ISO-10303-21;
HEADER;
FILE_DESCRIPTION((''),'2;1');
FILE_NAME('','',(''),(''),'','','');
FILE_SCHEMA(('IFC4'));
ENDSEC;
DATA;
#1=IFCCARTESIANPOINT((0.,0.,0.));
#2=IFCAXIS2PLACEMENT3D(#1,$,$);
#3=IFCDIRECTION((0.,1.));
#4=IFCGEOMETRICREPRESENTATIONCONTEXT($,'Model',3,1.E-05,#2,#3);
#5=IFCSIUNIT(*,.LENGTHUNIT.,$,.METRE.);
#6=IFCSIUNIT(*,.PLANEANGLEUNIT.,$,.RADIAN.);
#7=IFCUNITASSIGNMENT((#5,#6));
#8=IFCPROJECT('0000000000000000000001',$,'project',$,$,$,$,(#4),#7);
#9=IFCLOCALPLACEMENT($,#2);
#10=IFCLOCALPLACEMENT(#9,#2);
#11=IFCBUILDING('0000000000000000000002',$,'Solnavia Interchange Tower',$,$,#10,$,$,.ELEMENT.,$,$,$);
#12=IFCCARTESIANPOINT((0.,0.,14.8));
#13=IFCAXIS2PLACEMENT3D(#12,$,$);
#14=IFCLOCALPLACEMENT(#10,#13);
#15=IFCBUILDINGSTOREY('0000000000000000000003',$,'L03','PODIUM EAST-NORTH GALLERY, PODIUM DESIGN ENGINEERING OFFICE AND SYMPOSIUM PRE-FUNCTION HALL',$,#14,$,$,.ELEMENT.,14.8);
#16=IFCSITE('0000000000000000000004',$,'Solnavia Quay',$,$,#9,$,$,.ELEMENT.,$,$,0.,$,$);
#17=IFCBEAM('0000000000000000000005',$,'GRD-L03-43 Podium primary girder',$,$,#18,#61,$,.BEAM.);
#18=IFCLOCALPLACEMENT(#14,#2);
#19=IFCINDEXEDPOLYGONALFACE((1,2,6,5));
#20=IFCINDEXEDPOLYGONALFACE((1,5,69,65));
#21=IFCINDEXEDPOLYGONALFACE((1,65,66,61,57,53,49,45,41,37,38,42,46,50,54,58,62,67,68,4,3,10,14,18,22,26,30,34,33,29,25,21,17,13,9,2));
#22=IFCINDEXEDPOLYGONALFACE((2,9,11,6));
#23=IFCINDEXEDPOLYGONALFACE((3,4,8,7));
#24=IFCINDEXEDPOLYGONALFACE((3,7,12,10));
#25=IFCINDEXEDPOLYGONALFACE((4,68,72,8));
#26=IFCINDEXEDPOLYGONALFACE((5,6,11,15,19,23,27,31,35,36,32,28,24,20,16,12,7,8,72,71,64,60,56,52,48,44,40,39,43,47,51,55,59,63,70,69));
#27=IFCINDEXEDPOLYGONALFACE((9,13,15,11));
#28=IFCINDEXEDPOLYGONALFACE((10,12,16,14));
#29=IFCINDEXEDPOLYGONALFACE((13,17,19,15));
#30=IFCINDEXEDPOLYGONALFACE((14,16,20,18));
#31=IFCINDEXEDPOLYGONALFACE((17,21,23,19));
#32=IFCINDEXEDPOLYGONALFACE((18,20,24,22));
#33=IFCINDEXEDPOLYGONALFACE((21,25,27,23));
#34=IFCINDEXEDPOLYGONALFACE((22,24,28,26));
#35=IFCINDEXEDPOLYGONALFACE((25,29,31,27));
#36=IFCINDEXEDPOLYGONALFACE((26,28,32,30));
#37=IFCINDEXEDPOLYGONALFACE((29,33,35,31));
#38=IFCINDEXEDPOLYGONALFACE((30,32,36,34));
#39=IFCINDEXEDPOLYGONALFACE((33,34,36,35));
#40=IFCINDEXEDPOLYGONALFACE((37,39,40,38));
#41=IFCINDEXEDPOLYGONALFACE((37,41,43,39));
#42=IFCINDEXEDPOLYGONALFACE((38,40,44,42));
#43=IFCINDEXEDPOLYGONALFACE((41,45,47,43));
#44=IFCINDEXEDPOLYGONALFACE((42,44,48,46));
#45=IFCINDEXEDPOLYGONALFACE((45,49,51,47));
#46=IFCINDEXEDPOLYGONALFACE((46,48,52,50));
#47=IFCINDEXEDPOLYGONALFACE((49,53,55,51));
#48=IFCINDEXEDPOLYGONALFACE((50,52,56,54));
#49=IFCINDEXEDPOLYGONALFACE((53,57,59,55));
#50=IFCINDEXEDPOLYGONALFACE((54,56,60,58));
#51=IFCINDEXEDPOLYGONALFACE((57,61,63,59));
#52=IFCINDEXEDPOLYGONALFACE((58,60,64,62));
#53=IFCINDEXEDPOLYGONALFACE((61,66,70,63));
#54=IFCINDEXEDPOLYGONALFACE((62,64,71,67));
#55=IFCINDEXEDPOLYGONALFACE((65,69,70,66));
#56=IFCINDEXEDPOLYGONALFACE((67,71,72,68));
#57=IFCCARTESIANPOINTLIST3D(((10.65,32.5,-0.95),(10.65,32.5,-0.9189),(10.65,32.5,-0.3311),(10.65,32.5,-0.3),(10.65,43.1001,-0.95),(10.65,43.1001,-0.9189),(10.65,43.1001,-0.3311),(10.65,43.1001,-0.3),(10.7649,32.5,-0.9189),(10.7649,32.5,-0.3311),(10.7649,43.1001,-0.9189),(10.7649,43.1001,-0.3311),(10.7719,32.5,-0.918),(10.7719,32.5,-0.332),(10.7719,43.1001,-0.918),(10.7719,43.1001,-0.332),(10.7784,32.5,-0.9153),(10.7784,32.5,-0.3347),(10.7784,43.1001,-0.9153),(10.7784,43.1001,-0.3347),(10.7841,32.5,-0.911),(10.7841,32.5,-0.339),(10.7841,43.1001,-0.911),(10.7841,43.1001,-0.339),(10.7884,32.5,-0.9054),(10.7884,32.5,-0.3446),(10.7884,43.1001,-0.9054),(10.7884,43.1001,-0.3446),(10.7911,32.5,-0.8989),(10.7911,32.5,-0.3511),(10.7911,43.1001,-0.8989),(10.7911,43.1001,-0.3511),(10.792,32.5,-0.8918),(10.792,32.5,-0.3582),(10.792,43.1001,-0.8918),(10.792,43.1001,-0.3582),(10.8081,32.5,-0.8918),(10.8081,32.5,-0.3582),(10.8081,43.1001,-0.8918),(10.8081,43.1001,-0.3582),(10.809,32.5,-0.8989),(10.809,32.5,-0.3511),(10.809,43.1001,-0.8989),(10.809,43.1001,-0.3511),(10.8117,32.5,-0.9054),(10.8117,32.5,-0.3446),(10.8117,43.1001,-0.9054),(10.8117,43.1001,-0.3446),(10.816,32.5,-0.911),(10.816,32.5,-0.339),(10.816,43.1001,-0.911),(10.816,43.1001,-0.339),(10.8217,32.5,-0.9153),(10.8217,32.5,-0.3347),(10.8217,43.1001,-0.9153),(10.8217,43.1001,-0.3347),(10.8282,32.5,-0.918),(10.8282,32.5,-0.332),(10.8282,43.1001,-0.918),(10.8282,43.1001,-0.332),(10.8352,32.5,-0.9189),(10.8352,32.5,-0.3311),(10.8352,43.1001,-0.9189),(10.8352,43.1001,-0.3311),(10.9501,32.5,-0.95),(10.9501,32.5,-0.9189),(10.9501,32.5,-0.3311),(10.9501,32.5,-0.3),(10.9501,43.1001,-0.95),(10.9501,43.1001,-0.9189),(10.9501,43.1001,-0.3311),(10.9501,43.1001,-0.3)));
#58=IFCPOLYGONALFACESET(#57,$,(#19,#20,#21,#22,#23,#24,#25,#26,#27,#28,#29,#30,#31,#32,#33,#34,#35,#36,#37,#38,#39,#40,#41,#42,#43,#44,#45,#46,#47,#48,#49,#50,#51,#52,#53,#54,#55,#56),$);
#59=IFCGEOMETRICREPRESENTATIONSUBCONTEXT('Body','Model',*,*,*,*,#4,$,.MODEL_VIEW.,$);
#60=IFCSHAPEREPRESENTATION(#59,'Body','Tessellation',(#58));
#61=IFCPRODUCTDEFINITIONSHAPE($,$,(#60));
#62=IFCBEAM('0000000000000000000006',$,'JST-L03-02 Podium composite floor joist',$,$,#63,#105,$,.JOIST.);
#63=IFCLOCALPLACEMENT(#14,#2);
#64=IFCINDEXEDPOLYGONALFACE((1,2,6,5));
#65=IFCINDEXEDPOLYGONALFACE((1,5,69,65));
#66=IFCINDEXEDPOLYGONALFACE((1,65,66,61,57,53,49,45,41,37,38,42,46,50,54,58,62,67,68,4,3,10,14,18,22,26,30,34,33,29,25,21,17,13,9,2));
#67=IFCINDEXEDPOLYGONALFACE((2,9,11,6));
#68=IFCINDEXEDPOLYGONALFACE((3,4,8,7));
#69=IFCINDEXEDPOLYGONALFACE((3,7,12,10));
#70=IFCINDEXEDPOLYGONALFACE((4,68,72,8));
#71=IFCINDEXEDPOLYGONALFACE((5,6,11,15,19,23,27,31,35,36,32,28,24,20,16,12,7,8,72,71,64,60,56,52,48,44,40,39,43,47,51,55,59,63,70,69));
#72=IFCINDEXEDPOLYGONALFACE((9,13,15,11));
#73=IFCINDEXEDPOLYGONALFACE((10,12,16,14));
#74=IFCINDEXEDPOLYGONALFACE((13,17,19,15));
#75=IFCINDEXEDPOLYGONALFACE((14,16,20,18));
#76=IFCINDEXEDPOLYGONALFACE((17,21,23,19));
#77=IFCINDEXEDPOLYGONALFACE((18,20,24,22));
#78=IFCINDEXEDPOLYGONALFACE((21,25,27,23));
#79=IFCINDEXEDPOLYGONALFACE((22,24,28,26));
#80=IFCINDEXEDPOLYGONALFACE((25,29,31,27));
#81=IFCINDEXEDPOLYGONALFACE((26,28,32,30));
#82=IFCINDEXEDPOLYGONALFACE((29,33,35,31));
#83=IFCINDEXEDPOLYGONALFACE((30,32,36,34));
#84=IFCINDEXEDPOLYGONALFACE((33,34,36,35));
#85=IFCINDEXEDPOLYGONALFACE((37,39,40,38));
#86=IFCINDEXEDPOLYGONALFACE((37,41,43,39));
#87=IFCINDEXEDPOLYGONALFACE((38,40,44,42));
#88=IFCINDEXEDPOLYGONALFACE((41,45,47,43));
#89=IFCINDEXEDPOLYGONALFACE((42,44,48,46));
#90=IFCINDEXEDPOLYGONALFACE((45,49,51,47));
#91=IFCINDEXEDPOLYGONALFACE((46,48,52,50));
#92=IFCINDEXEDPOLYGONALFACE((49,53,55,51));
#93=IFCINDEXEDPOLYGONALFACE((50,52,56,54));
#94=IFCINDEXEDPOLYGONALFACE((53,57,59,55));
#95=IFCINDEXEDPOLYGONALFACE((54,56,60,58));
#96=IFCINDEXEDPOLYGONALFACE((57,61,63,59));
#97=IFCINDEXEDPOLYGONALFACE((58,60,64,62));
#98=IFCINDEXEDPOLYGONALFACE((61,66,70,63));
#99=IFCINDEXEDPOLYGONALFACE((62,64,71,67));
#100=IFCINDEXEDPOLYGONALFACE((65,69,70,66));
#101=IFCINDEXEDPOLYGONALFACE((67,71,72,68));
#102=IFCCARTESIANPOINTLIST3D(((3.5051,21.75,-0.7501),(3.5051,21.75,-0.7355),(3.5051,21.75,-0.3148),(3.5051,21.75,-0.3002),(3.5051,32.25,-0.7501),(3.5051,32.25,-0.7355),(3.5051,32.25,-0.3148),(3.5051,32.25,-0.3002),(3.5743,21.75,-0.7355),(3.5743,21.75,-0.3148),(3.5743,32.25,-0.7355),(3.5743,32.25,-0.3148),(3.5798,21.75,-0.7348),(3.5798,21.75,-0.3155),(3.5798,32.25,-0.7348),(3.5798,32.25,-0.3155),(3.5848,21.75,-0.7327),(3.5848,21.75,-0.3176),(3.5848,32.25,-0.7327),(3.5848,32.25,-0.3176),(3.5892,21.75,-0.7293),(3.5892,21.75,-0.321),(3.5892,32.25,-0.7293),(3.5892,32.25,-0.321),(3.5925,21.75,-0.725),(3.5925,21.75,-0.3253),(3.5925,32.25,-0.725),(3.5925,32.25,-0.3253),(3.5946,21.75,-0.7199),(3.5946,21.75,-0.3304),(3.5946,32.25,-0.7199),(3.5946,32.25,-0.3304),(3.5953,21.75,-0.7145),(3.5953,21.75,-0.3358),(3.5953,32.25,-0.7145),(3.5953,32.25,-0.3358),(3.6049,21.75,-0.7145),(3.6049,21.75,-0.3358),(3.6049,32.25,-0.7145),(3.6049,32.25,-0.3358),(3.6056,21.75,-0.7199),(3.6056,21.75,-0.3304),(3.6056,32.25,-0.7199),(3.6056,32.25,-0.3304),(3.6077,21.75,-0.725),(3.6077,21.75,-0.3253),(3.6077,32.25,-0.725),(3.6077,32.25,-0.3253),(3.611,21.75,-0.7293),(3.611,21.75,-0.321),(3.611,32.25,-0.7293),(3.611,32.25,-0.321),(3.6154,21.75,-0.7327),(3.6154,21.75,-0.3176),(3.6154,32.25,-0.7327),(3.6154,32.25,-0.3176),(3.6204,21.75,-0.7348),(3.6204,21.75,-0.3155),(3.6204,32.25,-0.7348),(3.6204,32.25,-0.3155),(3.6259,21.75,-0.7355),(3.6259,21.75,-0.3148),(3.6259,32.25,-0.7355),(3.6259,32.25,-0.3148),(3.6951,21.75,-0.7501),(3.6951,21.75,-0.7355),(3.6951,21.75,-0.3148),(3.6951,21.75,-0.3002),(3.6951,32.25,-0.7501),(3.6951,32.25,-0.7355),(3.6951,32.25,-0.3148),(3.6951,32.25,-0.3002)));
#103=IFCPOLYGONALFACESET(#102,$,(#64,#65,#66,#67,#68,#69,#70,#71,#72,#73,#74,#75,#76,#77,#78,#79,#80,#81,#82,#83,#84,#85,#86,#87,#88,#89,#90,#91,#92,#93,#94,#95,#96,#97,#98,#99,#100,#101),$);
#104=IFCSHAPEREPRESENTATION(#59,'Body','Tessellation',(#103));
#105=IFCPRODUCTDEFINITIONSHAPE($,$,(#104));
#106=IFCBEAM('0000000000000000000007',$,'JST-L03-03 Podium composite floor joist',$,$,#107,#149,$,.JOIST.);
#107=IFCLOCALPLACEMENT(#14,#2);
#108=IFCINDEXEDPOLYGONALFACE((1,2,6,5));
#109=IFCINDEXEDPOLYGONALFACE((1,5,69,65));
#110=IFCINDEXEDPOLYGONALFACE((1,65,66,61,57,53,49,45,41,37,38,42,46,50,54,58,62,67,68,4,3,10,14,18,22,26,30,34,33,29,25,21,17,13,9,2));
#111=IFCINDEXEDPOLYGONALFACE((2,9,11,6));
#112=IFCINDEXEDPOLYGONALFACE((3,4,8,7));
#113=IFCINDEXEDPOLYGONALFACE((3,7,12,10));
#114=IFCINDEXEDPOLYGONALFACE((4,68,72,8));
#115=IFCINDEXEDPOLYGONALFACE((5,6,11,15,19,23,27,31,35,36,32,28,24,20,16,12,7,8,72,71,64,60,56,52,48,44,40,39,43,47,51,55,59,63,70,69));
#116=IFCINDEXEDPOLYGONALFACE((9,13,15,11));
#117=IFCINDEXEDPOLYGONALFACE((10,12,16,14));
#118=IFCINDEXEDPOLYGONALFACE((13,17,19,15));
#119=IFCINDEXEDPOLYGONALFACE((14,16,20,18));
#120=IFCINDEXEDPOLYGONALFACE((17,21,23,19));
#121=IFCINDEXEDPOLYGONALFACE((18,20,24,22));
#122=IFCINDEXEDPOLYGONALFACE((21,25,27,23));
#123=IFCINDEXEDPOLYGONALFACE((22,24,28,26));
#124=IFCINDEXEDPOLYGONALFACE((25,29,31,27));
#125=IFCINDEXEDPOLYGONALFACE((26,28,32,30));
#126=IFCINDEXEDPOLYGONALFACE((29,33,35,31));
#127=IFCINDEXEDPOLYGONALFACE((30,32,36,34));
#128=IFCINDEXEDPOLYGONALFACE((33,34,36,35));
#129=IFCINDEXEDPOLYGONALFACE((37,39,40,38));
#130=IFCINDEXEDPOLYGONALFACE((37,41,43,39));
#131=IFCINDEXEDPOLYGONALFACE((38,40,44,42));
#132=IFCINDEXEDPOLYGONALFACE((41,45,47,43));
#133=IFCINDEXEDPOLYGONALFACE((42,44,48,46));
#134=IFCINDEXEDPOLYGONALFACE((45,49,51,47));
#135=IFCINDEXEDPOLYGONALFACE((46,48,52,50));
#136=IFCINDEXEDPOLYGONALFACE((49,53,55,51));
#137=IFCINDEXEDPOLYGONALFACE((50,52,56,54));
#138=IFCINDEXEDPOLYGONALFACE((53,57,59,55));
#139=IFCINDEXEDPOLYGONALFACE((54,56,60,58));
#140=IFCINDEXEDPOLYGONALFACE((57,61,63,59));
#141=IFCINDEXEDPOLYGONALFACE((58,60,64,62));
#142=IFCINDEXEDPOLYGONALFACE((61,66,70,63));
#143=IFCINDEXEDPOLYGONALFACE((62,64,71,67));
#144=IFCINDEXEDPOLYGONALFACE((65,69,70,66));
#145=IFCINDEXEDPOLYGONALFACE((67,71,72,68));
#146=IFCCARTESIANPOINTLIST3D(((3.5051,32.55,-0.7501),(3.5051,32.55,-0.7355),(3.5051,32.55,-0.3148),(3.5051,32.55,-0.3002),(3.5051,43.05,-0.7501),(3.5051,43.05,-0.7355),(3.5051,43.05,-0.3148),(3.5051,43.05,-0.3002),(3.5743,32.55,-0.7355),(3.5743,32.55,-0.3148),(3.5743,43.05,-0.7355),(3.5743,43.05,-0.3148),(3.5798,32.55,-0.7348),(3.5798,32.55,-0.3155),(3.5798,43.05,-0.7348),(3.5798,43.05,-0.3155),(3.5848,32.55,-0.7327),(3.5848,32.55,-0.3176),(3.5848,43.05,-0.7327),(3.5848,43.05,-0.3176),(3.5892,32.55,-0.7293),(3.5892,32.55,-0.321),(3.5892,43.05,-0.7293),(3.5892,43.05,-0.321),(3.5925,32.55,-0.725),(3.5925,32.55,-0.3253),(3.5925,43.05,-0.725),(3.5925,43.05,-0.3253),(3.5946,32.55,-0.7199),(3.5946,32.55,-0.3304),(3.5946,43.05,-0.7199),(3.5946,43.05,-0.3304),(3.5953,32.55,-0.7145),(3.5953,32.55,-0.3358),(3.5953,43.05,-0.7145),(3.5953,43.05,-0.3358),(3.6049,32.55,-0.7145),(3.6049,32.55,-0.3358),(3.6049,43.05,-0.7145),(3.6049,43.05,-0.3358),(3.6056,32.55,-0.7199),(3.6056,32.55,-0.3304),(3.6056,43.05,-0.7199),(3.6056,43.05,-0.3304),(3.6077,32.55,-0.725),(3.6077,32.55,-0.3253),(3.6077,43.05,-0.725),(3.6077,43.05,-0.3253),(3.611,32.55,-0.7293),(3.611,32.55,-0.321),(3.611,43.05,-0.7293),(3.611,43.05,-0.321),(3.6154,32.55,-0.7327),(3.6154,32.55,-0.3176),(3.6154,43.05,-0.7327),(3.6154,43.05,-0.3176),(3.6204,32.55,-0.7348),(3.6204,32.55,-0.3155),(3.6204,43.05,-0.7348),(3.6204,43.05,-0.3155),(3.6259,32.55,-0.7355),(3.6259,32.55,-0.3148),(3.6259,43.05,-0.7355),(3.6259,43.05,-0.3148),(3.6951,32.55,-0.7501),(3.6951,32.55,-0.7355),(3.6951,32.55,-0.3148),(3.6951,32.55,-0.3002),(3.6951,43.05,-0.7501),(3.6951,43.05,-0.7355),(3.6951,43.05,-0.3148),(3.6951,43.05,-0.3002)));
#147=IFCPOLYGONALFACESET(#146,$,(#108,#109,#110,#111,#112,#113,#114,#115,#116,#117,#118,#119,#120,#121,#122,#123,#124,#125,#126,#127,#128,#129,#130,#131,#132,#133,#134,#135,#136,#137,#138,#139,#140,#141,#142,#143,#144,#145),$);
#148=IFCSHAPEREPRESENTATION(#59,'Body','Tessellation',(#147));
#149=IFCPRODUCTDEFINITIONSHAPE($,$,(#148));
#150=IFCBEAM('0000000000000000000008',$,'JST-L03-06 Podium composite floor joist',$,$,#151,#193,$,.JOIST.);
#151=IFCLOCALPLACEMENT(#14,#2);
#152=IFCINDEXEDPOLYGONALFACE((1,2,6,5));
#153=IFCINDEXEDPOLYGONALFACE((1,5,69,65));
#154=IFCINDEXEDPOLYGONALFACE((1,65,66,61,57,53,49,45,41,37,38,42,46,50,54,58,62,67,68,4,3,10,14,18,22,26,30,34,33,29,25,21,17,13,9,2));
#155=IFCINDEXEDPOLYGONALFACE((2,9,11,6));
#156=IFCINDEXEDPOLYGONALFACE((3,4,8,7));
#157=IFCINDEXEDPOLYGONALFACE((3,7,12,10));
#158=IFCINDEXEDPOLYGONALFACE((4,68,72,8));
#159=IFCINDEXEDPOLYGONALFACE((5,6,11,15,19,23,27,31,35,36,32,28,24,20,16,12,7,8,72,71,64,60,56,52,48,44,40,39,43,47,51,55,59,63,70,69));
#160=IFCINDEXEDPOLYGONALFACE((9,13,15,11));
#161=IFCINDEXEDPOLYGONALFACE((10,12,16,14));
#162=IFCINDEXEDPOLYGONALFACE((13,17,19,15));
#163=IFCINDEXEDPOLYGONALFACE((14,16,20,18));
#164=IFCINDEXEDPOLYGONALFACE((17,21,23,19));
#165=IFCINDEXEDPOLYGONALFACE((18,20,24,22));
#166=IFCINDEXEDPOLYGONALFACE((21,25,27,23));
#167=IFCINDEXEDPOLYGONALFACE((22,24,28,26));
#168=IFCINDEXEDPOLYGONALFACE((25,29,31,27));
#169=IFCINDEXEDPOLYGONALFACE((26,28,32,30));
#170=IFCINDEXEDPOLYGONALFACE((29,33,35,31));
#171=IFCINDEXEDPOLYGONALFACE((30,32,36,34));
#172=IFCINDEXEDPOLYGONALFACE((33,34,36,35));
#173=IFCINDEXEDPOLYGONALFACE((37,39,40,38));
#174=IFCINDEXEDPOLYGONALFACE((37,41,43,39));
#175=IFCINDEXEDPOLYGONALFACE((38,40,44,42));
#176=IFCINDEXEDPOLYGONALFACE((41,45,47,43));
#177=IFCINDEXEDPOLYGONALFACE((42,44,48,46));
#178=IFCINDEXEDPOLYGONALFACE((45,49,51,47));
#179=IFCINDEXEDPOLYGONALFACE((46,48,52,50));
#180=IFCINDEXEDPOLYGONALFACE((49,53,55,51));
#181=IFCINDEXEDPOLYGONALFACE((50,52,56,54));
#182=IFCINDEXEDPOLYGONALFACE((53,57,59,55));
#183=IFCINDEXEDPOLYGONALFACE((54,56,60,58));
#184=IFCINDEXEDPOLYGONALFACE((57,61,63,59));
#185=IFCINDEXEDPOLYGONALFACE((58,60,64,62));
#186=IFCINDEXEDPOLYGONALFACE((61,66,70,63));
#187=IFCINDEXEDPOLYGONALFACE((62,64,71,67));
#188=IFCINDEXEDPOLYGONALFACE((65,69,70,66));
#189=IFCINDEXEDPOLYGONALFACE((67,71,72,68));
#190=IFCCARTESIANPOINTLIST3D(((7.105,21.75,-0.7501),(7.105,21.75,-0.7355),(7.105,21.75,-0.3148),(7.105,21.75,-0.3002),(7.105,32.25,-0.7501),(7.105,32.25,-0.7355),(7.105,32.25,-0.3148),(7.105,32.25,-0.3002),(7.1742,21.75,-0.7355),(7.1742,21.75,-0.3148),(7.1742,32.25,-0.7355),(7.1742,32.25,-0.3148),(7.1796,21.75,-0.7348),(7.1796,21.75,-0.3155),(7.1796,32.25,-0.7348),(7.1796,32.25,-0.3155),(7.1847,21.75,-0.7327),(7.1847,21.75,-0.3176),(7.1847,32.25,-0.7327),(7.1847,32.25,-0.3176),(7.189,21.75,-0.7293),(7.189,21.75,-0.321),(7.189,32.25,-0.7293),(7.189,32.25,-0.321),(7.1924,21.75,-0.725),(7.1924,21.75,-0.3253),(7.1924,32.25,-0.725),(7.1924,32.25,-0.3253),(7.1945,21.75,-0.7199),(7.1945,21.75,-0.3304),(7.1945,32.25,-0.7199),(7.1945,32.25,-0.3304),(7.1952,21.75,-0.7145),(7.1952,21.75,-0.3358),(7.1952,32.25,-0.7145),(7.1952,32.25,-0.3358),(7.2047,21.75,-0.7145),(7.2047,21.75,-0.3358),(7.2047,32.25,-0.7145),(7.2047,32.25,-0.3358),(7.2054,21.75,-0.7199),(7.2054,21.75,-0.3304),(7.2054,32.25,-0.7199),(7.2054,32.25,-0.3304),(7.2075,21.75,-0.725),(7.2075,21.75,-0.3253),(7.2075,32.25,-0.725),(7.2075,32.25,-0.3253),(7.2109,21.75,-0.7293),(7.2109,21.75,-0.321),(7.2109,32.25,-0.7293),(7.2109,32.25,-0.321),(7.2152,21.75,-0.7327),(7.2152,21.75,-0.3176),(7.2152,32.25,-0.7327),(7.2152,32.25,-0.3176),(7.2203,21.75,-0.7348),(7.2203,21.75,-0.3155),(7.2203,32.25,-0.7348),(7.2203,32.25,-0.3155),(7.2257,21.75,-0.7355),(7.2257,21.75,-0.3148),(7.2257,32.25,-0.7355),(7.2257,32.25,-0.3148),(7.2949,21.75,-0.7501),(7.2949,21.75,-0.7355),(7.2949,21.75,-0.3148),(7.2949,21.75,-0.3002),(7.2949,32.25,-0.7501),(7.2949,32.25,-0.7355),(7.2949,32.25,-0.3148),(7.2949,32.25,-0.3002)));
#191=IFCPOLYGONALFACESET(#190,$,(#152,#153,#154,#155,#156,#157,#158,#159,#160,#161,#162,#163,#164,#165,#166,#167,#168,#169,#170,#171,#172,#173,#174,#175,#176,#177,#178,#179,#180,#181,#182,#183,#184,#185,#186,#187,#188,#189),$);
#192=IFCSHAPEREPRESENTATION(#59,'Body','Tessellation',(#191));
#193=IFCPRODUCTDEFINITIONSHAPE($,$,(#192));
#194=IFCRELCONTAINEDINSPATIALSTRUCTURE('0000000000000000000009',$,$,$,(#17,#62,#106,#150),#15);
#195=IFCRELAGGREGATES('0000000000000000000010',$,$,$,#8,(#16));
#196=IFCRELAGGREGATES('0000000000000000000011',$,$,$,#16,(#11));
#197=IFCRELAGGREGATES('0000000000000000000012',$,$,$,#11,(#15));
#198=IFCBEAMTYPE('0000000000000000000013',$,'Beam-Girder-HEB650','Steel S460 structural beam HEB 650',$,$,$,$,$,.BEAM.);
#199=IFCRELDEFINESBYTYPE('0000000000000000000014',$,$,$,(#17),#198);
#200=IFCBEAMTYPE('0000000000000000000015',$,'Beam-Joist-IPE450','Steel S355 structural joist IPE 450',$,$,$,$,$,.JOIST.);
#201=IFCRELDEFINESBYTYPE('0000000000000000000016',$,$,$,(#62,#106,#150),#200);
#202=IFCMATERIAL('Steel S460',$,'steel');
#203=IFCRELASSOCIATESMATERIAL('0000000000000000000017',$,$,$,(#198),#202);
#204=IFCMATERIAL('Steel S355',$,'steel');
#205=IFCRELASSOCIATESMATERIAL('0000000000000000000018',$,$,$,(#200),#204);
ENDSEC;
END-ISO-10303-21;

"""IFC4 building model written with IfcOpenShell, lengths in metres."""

from ifc_helpers import new_model, si_unit, direction, frame, origin, origin_2d, place, context, subcontext, project, spatial, i_section, extrude, material, material_profile, profile_set, type_object, element, save


model = new_model("IFC4")

# Units and contexts
model_context = context("Model", 3, precision=1e-05, world=origin(), true_north=direction((0.0, 1.0)))
body_context = subcontext(model_context, "Body", "Model", "MODEL_VIEW")
ifc_project = project(units=[si_unit("LENGTHUNIT", "METRE"), si_unit("PLANEANGLEUNIT", "RADIAN")], contexts=[model_context])

# Site, building, storey
site_placement = place(None, origin())
site = spatial("IfcSite", under=ifc_project, at=site_placement, Name="Solnavia Quay", CompositionType="ELEMENT", RefElevation=0.0)
building_placement = place(site_placement, origin())
building = spatial("IfcBuilding", under=site, at=building_placement, Name="Solnavia Interchange Tower", CompositionType="ELEMENT")
storey_placement = place(building_placement, frame((0.0, 0.0, 14.8)))
storey = spatial("IfcBuildingStorey", under=building, at=storey_placement, Name="L03", Description="PODIUM EAST-NORTH GALLERY, PODIUM DESIGN ENGINEERING OFFICE AND SYMPOSIUM PRE-FUNCTION HALL", CompositionType="ELEMENT", Elevation=14.8)

# Beams
ifc_material_1 = material(Name="Steel S460", Category="steel")
ifc_material_profile_1 = material_profile(ifc_material_1, i_section(OverallWidth=0.3, OverallDepth=0.6499, WebThickness=0.0161, FlangeThickness=0.031, FilletRadius=0.0271, at=origin_2d()), Name="HEB 650")
ifc_profile_set_1 = profile_set([ifc_material_profile_1], Name="Steel S460")
beam_type_1 = type_object("IfcBeamType", Name="Beam-Girder-HEB650", Description="Steel S460 structural beam HEB 650", PredefinedType="BEAM", material=ifc_profile_set_1)
for number, where, z_axis, x_axis, name in (
    (1, (10.8, 32.5, -0.625), (0.0, 1.0, 0.0), (-1.0, 0.0, 0.0), "GRD-L03-43 Podium primary girder"),
):
    element("IfcBeam", number, at=place(storey_placement, frame(where, z_axis=z_axis, x_axis=x_axis)), inside=storey, type_object=beam_type_1, Name=name, PredefinedType="BEAM", context=body_context, shape_type="SweptSolid", body=[
        extrude(i_section(OverallWidth=0.3, OverallDepth=0.6499, WebThickness=0.0161, FlangeThickness=0.031, FilletRadius=0.0271, at=origin_2d()), origin(), (0.0, 0.0, 1.0), 10.6001),
    ])
ifc_material_2 = material(Name="Steel S355", Category="steel")
ifc_material_profile_2 = material_profile(ifc_material_2, i_section(OverallWidth=0.1899, OverallDepth=0.45, WebThickness=0.0095, FlangeThickness=0.0146, FilletRadius=0.021, at=origin_2d()), Name="IPE 450")
ifc_profile_set_2 = profile_set([ifc_material_profile_2], Name="Steel S355")
beam_type_2 = type_object("IfcBeamType", Name="Beam-Joist-IPE450", Description="Steel S355 structural joist IPE 450", PredefinedType="JOIST", material=ifc_profile_set_2)
for number, where, z_axis, x_axis, name in (
    (2, (3.6001, 21.75, -0.5251), (0.0, 1.0, 0.0), (-1.0, 0.0, 0.0), "JST-L03-02 Podium composite floor joist"),
    (3, (3.6001, 32.55, -0.5251), (0.0, 1.0, 0.0), (-1.0, 0.0, 0.0), "JST-L03-03 Podium composite floor joist"),
    (4, (7.2, 21.75, -0.5251), (0.0, 1.0, 0.0), (-1.0, 0.0, 0.0), "JST-L03-06 Podium composite floor joist"),
):
    element("IfcBeam", number, at=place(storey_placement, frame(where, z_axis=z_axis, x_axis=x_axis)), inside=storey, type_object=beam_type_2, Name=name, PredefinedType="JOIST", context=body_context, shape_type="SweptSolid", body=[
        extrude(i_section(OverallWidth=0.1899, OverallDepth=0.45, WebThickness=0.0095, FlangeThickness=0.0146, FilletRadius=0.021, at=origin_2d()), origin(), (0.0, 0.0, 1.0), 10.5),
    ])

save(model, "model.ifc")
